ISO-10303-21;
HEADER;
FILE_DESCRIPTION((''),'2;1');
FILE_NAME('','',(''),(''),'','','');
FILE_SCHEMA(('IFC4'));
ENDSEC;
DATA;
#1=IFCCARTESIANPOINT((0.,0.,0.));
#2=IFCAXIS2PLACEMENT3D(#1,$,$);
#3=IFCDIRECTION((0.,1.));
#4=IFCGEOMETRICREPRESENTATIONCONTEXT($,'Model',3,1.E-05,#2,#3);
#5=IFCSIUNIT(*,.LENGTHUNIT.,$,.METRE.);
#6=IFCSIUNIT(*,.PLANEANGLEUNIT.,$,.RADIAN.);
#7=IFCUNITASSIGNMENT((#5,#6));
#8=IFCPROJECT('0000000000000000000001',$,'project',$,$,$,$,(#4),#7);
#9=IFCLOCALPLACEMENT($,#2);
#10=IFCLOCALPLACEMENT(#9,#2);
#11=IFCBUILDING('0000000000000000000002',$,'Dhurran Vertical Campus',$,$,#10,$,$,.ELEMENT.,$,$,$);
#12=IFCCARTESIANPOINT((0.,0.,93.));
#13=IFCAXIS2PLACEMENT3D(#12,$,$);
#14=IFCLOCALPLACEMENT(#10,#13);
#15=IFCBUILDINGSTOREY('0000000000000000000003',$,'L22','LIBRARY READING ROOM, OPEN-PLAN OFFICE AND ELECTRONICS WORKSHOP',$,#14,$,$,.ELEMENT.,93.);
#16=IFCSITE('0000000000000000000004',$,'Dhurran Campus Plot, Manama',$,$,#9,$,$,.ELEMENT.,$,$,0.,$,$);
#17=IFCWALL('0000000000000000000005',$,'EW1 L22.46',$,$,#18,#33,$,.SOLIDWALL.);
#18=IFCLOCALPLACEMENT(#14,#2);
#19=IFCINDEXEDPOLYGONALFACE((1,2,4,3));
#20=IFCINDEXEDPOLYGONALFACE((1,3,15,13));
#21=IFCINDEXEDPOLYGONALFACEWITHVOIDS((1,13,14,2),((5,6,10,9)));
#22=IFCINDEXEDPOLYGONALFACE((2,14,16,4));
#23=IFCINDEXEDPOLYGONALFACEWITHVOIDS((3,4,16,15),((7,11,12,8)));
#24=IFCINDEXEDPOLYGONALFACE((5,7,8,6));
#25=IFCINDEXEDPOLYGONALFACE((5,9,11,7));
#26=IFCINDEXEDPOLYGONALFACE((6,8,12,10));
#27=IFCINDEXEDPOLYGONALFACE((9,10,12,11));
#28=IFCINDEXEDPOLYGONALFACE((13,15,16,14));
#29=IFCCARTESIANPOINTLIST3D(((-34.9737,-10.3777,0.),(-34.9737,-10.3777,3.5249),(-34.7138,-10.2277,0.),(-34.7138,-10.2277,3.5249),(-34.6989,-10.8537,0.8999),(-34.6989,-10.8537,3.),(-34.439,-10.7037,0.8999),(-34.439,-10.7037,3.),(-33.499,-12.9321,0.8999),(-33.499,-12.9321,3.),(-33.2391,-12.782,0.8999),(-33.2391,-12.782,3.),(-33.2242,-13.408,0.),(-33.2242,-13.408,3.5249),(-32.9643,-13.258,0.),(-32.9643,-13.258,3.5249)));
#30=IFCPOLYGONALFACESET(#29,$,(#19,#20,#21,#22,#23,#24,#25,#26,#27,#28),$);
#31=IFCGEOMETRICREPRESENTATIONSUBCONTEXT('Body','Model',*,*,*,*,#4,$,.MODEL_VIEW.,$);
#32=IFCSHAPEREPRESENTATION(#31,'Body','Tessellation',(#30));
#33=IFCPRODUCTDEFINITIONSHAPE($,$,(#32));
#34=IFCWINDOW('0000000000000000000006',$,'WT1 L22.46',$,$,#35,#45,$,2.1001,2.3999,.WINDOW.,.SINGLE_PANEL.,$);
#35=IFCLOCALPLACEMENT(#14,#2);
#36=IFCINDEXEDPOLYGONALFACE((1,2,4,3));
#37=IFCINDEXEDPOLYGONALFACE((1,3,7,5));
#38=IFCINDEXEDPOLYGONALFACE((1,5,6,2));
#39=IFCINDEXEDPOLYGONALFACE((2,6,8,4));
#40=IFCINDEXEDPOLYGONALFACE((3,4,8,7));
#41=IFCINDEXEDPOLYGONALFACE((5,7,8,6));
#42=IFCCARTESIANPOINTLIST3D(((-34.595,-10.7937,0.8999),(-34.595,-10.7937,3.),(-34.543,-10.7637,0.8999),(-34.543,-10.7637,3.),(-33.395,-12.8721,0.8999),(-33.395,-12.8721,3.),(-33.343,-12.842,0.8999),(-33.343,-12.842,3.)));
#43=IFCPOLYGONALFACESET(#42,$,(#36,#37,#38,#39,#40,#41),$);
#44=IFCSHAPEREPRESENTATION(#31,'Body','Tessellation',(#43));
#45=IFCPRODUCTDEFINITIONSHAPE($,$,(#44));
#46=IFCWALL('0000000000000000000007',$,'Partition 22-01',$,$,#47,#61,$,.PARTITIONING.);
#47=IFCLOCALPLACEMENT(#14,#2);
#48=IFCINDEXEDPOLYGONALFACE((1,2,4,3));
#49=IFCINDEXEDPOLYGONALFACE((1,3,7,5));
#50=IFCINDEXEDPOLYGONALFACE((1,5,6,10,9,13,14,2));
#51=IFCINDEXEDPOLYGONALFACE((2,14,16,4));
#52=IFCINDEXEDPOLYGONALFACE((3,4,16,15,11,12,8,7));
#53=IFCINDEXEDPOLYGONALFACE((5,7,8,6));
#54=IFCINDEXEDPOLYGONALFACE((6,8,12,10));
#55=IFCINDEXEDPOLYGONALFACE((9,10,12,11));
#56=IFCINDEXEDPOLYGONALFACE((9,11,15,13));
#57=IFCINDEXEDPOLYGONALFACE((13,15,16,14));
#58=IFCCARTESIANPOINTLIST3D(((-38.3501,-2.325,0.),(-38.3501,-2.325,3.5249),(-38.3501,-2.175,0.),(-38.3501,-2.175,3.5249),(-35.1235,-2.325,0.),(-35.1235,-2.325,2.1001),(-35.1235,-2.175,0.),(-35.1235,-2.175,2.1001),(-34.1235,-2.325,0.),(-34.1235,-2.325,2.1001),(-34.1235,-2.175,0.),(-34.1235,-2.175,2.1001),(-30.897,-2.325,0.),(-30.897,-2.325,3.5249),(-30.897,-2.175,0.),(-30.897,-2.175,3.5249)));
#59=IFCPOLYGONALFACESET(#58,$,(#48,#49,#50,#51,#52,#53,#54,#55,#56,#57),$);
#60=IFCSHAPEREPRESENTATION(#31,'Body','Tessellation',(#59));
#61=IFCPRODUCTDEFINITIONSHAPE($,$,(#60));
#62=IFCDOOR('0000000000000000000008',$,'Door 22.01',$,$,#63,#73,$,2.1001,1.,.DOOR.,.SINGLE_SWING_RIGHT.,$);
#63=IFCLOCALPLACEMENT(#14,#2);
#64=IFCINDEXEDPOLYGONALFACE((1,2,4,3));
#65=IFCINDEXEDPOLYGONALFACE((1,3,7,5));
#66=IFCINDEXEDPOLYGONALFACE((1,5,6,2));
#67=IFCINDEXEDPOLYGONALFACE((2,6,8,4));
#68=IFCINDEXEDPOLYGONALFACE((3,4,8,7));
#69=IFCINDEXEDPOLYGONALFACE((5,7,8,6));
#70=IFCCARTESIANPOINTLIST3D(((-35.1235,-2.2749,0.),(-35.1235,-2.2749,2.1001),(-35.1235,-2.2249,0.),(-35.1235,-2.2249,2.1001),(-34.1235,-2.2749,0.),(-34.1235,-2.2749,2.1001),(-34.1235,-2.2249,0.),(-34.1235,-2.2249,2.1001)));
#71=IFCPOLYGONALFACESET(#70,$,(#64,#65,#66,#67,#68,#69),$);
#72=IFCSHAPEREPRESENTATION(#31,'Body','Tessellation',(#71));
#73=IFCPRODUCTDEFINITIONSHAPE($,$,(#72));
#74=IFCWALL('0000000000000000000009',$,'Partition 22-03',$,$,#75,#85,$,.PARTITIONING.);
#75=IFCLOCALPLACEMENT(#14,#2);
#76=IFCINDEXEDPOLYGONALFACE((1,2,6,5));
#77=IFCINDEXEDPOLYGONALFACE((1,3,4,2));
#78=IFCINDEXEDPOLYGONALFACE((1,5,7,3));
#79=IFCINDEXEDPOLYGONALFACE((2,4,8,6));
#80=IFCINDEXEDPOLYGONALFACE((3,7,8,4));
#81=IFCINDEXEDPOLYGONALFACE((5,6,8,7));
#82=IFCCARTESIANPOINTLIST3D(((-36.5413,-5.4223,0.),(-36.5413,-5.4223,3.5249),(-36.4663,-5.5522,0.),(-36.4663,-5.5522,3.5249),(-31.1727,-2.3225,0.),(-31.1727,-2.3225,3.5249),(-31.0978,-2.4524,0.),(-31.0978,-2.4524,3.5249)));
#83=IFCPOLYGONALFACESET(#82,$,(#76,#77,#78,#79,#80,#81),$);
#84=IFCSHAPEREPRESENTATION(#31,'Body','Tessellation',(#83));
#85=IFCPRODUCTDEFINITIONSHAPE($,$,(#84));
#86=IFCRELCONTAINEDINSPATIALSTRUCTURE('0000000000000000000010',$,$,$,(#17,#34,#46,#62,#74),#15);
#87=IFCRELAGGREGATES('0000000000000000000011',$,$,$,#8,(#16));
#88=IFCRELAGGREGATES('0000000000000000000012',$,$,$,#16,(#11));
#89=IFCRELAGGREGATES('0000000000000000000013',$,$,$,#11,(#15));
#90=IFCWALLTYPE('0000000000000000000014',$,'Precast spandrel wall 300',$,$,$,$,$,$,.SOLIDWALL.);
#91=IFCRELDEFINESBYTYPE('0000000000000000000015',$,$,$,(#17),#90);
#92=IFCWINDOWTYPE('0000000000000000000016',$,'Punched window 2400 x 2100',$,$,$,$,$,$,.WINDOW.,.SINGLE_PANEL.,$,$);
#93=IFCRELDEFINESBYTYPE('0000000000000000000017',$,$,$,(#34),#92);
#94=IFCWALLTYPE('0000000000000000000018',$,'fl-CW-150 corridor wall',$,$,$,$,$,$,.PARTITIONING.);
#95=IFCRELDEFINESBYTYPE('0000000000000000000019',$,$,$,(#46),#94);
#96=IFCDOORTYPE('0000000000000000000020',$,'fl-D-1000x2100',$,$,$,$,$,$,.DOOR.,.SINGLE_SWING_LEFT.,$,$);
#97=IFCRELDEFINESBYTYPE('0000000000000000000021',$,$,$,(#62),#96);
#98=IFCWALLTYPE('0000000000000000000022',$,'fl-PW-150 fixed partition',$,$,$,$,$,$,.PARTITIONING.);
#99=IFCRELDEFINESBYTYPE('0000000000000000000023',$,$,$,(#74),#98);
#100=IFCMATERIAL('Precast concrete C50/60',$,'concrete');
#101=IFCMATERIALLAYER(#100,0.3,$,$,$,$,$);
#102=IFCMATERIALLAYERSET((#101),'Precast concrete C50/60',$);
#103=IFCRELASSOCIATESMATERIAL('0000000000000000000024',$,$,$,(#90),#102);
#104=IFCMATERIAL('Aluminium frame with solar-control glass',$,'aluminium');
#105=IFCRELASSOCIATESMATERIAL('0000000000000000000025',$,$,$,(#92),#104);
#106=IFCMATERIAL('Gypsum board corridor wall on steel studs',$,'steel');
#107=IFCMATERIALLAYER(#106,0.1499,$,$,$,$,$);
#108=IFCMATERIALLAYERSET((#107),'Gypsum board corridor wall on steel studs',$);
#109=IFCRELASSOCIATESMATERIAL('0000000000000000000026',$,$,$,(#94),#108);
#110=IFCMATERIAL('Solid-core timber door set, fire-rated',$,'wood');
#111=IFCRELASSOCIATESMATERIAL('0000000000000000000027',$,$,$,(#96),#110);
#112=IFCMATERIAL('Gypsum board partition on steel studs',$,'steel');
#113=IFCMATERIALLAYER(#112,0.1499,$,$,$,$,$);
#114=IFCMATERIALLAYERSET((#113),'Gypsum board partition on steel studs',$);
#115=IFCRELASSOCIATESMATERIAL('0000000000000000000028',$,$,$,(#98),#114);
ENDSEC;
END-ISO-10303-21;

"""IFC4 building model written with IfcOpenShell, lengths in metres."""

from ifc_helpers import new_model, si_unit, direction, frame, frame_2d, origin, place, context, subcontext, project, spatial, rectangle, extrude, material, layer, layer_set, type_object, element, fill, save


model = new_model("IFC4")

# Units and contexts
model_context = context("Model", 3, precision=1e-05, world=origin(), true_north=direction((0.0, 1.0)))
body_context = subcontext(model_context, "Body", "Model", "MODEL_VIEW")
ifc_project = project(units=[si_unit("LENGTHUNIT", "METRE"), si_unit("PLANEANGLEUNIT", "RADIAN")], contexts=[model_context])

# Site, building, storey
site_placement = place(None, origin())
site = spatial("IfcSite", under=ifc_project, at=site_placement, Name="Dhurran Campus Plot, Manama", CompositionType="ELEMENT", RefElevation=0.0)
building_placement = place(site_placement, origin())
building = spatial("IfcBuilding", under=site, at=building_placement, Name="Dhurran Vertical Campus", CompositionType="ELEMENT")
storey_placement = place(building_placement, frame((0.0, 0.0, 93.0)))
storey = spatial("IfcBuildingStorey", under=building, at=storey_placement, Name="L22", Description="LIBRARY READING ROOM, OPEN-PLAN OFFICE AND ELECTRONICS WORKSHOP", CompositionType="ELEMENT", Elevation=93.0)

# Wall, opening, window
ifc_material_1 = material(Name="Precast concrete C50/60", Category="concrete")
ifc_layer_1 = layer(ifc_material_1, 0.3)
ifc_layer_set_1 = layer_set([ifc_layer_1], Name="Precast concrete C50/60")
wall_type_1 = type_object("IfcWallType", Name="Precast spandrel wall 300", PredefinedType="SOLIDWALL", material=ifc_layer_set_1)
ifc_material_2 = material(Name="Aluminium frame with solar-control glass", Category="aluminium")
window_type = type_object("IfcWindowType", Name="Punched window 2400 x 2100", PartitioningType="SINGLE_PANEL", PredefinedType="WINDOW", material=ifc_material_2)
wall_1_placement = place(storey_placement, frame((-34.8438, -10.3027, 0.0), z_axis=(0.0, 0.0, 1.0), x_axis=(0.499996, -0.866028, 0.0)))
wall_1 = element("IfcWall", 1, at=wall_1_placement, inside=storey, type_object=wall_type_1, Name="EW1 L22.46", PredefinedType="SOLIDWALL", context=body_context, shape_type="SweptSolid", body=[
    extrude(rectangle(XDim=3.499, YDim=0.3, at=frame_2d((1.7495, 0.0))), origin(), (0.0, 0.0, 1.0), 3.5249),
])
opening_1_placement = place(wall_1_placement, frame((0.5496, 0.0, 0.8999)))
opening_1 = element("IfcOpeningElement", 2, at=opening_1_placement, cuts=wall_1, PredefinedType="OPENING", context=body_context, shape_type="SweptSolid", body=[
    extrude(rectangle(XDim=2.3999, YDim=2.1001, at=frame_2d((1.2, 1.05))), frame((0.0, 0.1599, 0.0), z_axis=(0.0, -1.0, 0.0), x_axis=(1.0, 0.0, 0.0)), (0.0, 0.0, 1.0), 0.3201),
])
window_1_placement = place(opening_1_placement, origin())
window_1 = element("IfcWindow", 3, at=window_1_placement, inside=storey, type_object=window_type, Name="WT1 L22.46", OverallHeight=2.1001, OverallWidth=2.3999, PartitioningType="SINGLE_PANEL", PredefinedType="WINDOW", context=body_context, shape_type="SweptSolid", body=[
    extrude(rectangle(XDim=2.3999, YDim=2.1001, at=frame_2d((1.2, 1.05))), frame((0.0, 0.03, 0.0), z_axis=(0.0, -1.0, 0.0), x_axis=(1.0, 0.0, 0.0)), (0.0, 0.0, 1.0), 0.0601),
])
fill(opening_1, window_1)

# Wall, opening, door
ifc_material_3 = material(Name="Gypsum board corridor wall on steel studs", Category="steel")
ifc_layer_2 = layer(ifc_material_3, 0.1499)
ifc_layer_set_2 = layer_set([ifc_layer_2], Name="Gypsum board corridor wall on steel studs")
wall_type_2 = type_object("IfcWallType", Name="fl-CW-150 corridor wall", PredefinedType="PARTITIONING", material=ifc_layer_set_2)
wall_2_placement = place(storey_placement, frame((-30.897, -2.25, 0.0), z_axis=(0.0, 0.0, 1.0), x_axis=(-1.0, 0.0, 0.0)))
wall_2 = element("IfcWall", 4, at=wall_2_placement, inside=storey, type_object=wall_type_2, Name="Partition 22-01", PredefinedType="PARTITIONING", context=body_context, shape_type="SweptSolid", body=[
    extrude(rectangle(XDim=7.4531, YDim=0.1499, at=frame_2d((3.7266, 0.0))), origin(), (0.0, 0.0, 1.0), 3.5249),
])
opening_2_placement = place(wall_2_placement, frame((3.2266, 0.0, 0.0)))
opening_2 = element("IfcOpeningElement", 5, at=opening_2_placement, cuts=wall_2, PredefinedType="OPENING", context=body_context, shape_type="SweptSolid", body=[
    extrude(rectangle(XDim=1.0, YDim=2.1001, at=frame_2d((0.5, 1.05))), frame((0.0, 0.085, 0.0), z_axis=(0.0, -1.0, 0.0), x_axis=(1.0, 0.0, 0.0)), (0.0, 0.0, 1.0), 0.1699),
])
ifc_material_4 = material(Name="Solid-core timber door set, fire-rated", Category="wood")
door_type = type_object("IfcDoorType", Name="fl-D-1000x2100", OperationType="SINGLE_SWING_LEFT", PredefinedType="DOOR", material=ifc_material_4)
door_placement = place(opening_2_placement, origin())
door = element("IfcDoor", 6, at=door_placement, inside=storey, type_object=door_type, Name="Door 22.01", OperationType="SINGLE_SWING_RIGHT", OverallHeight=2.1001, OverallWidth=1.0, PredefinedType="DOOR", context=body_context, shape_type="SweptSolid", body=[
    extrude(rectangle(XDim=1.0, YDim=2.1001, at=frame_2d((0.5, 1.05))), frame((0.0, 0.0249, 0.0), z_axis=(0.0, -1.0, 0.0), x_axis=(1.0, 0.0, 0.0)), (0.0, 0.0, 1.0), 0.05),
])
fill(opening_2, door)

# Wall
ifc_material_5 = material(Name="Gypsum board partition on steel studs", Category="steel")
ifc_layer_3 = layer(ifc_material_5, 0.1499)
ifc_layer_set_3 = layer_set([ifc_layer_3], Name="Gypsum board partition on steel studs")
wall_type_3 = type_object("IfcWallType", Name="fl-PW-150 fixed partition", PredefinedType="PARTITIONING", material=ifc_layer_set_3)
wall_3_placement = place(storey_placement, frame((-31.1353, -2.3875, 0.0), z_axis=(0.0, 0.0, 1.0), x_axis=(-0.866007, -0.500032, 0.0)))
element("IfcWall", 7, at=wall_3_placement, inside=storey, type_object=wall_type_3, Name="Partition 22-03", PredefinedType="PARTITIONING", context=body_context, shape_type="SweptSolid", body=[
    extrude(rectangle(XDim=6.1992, YDim=0.1499, at=frame_2d((3.0996, 0.0))), origin(), (0.0, 0.0, 1.0), 3.5249),
])

save(model, "model.ifc")
